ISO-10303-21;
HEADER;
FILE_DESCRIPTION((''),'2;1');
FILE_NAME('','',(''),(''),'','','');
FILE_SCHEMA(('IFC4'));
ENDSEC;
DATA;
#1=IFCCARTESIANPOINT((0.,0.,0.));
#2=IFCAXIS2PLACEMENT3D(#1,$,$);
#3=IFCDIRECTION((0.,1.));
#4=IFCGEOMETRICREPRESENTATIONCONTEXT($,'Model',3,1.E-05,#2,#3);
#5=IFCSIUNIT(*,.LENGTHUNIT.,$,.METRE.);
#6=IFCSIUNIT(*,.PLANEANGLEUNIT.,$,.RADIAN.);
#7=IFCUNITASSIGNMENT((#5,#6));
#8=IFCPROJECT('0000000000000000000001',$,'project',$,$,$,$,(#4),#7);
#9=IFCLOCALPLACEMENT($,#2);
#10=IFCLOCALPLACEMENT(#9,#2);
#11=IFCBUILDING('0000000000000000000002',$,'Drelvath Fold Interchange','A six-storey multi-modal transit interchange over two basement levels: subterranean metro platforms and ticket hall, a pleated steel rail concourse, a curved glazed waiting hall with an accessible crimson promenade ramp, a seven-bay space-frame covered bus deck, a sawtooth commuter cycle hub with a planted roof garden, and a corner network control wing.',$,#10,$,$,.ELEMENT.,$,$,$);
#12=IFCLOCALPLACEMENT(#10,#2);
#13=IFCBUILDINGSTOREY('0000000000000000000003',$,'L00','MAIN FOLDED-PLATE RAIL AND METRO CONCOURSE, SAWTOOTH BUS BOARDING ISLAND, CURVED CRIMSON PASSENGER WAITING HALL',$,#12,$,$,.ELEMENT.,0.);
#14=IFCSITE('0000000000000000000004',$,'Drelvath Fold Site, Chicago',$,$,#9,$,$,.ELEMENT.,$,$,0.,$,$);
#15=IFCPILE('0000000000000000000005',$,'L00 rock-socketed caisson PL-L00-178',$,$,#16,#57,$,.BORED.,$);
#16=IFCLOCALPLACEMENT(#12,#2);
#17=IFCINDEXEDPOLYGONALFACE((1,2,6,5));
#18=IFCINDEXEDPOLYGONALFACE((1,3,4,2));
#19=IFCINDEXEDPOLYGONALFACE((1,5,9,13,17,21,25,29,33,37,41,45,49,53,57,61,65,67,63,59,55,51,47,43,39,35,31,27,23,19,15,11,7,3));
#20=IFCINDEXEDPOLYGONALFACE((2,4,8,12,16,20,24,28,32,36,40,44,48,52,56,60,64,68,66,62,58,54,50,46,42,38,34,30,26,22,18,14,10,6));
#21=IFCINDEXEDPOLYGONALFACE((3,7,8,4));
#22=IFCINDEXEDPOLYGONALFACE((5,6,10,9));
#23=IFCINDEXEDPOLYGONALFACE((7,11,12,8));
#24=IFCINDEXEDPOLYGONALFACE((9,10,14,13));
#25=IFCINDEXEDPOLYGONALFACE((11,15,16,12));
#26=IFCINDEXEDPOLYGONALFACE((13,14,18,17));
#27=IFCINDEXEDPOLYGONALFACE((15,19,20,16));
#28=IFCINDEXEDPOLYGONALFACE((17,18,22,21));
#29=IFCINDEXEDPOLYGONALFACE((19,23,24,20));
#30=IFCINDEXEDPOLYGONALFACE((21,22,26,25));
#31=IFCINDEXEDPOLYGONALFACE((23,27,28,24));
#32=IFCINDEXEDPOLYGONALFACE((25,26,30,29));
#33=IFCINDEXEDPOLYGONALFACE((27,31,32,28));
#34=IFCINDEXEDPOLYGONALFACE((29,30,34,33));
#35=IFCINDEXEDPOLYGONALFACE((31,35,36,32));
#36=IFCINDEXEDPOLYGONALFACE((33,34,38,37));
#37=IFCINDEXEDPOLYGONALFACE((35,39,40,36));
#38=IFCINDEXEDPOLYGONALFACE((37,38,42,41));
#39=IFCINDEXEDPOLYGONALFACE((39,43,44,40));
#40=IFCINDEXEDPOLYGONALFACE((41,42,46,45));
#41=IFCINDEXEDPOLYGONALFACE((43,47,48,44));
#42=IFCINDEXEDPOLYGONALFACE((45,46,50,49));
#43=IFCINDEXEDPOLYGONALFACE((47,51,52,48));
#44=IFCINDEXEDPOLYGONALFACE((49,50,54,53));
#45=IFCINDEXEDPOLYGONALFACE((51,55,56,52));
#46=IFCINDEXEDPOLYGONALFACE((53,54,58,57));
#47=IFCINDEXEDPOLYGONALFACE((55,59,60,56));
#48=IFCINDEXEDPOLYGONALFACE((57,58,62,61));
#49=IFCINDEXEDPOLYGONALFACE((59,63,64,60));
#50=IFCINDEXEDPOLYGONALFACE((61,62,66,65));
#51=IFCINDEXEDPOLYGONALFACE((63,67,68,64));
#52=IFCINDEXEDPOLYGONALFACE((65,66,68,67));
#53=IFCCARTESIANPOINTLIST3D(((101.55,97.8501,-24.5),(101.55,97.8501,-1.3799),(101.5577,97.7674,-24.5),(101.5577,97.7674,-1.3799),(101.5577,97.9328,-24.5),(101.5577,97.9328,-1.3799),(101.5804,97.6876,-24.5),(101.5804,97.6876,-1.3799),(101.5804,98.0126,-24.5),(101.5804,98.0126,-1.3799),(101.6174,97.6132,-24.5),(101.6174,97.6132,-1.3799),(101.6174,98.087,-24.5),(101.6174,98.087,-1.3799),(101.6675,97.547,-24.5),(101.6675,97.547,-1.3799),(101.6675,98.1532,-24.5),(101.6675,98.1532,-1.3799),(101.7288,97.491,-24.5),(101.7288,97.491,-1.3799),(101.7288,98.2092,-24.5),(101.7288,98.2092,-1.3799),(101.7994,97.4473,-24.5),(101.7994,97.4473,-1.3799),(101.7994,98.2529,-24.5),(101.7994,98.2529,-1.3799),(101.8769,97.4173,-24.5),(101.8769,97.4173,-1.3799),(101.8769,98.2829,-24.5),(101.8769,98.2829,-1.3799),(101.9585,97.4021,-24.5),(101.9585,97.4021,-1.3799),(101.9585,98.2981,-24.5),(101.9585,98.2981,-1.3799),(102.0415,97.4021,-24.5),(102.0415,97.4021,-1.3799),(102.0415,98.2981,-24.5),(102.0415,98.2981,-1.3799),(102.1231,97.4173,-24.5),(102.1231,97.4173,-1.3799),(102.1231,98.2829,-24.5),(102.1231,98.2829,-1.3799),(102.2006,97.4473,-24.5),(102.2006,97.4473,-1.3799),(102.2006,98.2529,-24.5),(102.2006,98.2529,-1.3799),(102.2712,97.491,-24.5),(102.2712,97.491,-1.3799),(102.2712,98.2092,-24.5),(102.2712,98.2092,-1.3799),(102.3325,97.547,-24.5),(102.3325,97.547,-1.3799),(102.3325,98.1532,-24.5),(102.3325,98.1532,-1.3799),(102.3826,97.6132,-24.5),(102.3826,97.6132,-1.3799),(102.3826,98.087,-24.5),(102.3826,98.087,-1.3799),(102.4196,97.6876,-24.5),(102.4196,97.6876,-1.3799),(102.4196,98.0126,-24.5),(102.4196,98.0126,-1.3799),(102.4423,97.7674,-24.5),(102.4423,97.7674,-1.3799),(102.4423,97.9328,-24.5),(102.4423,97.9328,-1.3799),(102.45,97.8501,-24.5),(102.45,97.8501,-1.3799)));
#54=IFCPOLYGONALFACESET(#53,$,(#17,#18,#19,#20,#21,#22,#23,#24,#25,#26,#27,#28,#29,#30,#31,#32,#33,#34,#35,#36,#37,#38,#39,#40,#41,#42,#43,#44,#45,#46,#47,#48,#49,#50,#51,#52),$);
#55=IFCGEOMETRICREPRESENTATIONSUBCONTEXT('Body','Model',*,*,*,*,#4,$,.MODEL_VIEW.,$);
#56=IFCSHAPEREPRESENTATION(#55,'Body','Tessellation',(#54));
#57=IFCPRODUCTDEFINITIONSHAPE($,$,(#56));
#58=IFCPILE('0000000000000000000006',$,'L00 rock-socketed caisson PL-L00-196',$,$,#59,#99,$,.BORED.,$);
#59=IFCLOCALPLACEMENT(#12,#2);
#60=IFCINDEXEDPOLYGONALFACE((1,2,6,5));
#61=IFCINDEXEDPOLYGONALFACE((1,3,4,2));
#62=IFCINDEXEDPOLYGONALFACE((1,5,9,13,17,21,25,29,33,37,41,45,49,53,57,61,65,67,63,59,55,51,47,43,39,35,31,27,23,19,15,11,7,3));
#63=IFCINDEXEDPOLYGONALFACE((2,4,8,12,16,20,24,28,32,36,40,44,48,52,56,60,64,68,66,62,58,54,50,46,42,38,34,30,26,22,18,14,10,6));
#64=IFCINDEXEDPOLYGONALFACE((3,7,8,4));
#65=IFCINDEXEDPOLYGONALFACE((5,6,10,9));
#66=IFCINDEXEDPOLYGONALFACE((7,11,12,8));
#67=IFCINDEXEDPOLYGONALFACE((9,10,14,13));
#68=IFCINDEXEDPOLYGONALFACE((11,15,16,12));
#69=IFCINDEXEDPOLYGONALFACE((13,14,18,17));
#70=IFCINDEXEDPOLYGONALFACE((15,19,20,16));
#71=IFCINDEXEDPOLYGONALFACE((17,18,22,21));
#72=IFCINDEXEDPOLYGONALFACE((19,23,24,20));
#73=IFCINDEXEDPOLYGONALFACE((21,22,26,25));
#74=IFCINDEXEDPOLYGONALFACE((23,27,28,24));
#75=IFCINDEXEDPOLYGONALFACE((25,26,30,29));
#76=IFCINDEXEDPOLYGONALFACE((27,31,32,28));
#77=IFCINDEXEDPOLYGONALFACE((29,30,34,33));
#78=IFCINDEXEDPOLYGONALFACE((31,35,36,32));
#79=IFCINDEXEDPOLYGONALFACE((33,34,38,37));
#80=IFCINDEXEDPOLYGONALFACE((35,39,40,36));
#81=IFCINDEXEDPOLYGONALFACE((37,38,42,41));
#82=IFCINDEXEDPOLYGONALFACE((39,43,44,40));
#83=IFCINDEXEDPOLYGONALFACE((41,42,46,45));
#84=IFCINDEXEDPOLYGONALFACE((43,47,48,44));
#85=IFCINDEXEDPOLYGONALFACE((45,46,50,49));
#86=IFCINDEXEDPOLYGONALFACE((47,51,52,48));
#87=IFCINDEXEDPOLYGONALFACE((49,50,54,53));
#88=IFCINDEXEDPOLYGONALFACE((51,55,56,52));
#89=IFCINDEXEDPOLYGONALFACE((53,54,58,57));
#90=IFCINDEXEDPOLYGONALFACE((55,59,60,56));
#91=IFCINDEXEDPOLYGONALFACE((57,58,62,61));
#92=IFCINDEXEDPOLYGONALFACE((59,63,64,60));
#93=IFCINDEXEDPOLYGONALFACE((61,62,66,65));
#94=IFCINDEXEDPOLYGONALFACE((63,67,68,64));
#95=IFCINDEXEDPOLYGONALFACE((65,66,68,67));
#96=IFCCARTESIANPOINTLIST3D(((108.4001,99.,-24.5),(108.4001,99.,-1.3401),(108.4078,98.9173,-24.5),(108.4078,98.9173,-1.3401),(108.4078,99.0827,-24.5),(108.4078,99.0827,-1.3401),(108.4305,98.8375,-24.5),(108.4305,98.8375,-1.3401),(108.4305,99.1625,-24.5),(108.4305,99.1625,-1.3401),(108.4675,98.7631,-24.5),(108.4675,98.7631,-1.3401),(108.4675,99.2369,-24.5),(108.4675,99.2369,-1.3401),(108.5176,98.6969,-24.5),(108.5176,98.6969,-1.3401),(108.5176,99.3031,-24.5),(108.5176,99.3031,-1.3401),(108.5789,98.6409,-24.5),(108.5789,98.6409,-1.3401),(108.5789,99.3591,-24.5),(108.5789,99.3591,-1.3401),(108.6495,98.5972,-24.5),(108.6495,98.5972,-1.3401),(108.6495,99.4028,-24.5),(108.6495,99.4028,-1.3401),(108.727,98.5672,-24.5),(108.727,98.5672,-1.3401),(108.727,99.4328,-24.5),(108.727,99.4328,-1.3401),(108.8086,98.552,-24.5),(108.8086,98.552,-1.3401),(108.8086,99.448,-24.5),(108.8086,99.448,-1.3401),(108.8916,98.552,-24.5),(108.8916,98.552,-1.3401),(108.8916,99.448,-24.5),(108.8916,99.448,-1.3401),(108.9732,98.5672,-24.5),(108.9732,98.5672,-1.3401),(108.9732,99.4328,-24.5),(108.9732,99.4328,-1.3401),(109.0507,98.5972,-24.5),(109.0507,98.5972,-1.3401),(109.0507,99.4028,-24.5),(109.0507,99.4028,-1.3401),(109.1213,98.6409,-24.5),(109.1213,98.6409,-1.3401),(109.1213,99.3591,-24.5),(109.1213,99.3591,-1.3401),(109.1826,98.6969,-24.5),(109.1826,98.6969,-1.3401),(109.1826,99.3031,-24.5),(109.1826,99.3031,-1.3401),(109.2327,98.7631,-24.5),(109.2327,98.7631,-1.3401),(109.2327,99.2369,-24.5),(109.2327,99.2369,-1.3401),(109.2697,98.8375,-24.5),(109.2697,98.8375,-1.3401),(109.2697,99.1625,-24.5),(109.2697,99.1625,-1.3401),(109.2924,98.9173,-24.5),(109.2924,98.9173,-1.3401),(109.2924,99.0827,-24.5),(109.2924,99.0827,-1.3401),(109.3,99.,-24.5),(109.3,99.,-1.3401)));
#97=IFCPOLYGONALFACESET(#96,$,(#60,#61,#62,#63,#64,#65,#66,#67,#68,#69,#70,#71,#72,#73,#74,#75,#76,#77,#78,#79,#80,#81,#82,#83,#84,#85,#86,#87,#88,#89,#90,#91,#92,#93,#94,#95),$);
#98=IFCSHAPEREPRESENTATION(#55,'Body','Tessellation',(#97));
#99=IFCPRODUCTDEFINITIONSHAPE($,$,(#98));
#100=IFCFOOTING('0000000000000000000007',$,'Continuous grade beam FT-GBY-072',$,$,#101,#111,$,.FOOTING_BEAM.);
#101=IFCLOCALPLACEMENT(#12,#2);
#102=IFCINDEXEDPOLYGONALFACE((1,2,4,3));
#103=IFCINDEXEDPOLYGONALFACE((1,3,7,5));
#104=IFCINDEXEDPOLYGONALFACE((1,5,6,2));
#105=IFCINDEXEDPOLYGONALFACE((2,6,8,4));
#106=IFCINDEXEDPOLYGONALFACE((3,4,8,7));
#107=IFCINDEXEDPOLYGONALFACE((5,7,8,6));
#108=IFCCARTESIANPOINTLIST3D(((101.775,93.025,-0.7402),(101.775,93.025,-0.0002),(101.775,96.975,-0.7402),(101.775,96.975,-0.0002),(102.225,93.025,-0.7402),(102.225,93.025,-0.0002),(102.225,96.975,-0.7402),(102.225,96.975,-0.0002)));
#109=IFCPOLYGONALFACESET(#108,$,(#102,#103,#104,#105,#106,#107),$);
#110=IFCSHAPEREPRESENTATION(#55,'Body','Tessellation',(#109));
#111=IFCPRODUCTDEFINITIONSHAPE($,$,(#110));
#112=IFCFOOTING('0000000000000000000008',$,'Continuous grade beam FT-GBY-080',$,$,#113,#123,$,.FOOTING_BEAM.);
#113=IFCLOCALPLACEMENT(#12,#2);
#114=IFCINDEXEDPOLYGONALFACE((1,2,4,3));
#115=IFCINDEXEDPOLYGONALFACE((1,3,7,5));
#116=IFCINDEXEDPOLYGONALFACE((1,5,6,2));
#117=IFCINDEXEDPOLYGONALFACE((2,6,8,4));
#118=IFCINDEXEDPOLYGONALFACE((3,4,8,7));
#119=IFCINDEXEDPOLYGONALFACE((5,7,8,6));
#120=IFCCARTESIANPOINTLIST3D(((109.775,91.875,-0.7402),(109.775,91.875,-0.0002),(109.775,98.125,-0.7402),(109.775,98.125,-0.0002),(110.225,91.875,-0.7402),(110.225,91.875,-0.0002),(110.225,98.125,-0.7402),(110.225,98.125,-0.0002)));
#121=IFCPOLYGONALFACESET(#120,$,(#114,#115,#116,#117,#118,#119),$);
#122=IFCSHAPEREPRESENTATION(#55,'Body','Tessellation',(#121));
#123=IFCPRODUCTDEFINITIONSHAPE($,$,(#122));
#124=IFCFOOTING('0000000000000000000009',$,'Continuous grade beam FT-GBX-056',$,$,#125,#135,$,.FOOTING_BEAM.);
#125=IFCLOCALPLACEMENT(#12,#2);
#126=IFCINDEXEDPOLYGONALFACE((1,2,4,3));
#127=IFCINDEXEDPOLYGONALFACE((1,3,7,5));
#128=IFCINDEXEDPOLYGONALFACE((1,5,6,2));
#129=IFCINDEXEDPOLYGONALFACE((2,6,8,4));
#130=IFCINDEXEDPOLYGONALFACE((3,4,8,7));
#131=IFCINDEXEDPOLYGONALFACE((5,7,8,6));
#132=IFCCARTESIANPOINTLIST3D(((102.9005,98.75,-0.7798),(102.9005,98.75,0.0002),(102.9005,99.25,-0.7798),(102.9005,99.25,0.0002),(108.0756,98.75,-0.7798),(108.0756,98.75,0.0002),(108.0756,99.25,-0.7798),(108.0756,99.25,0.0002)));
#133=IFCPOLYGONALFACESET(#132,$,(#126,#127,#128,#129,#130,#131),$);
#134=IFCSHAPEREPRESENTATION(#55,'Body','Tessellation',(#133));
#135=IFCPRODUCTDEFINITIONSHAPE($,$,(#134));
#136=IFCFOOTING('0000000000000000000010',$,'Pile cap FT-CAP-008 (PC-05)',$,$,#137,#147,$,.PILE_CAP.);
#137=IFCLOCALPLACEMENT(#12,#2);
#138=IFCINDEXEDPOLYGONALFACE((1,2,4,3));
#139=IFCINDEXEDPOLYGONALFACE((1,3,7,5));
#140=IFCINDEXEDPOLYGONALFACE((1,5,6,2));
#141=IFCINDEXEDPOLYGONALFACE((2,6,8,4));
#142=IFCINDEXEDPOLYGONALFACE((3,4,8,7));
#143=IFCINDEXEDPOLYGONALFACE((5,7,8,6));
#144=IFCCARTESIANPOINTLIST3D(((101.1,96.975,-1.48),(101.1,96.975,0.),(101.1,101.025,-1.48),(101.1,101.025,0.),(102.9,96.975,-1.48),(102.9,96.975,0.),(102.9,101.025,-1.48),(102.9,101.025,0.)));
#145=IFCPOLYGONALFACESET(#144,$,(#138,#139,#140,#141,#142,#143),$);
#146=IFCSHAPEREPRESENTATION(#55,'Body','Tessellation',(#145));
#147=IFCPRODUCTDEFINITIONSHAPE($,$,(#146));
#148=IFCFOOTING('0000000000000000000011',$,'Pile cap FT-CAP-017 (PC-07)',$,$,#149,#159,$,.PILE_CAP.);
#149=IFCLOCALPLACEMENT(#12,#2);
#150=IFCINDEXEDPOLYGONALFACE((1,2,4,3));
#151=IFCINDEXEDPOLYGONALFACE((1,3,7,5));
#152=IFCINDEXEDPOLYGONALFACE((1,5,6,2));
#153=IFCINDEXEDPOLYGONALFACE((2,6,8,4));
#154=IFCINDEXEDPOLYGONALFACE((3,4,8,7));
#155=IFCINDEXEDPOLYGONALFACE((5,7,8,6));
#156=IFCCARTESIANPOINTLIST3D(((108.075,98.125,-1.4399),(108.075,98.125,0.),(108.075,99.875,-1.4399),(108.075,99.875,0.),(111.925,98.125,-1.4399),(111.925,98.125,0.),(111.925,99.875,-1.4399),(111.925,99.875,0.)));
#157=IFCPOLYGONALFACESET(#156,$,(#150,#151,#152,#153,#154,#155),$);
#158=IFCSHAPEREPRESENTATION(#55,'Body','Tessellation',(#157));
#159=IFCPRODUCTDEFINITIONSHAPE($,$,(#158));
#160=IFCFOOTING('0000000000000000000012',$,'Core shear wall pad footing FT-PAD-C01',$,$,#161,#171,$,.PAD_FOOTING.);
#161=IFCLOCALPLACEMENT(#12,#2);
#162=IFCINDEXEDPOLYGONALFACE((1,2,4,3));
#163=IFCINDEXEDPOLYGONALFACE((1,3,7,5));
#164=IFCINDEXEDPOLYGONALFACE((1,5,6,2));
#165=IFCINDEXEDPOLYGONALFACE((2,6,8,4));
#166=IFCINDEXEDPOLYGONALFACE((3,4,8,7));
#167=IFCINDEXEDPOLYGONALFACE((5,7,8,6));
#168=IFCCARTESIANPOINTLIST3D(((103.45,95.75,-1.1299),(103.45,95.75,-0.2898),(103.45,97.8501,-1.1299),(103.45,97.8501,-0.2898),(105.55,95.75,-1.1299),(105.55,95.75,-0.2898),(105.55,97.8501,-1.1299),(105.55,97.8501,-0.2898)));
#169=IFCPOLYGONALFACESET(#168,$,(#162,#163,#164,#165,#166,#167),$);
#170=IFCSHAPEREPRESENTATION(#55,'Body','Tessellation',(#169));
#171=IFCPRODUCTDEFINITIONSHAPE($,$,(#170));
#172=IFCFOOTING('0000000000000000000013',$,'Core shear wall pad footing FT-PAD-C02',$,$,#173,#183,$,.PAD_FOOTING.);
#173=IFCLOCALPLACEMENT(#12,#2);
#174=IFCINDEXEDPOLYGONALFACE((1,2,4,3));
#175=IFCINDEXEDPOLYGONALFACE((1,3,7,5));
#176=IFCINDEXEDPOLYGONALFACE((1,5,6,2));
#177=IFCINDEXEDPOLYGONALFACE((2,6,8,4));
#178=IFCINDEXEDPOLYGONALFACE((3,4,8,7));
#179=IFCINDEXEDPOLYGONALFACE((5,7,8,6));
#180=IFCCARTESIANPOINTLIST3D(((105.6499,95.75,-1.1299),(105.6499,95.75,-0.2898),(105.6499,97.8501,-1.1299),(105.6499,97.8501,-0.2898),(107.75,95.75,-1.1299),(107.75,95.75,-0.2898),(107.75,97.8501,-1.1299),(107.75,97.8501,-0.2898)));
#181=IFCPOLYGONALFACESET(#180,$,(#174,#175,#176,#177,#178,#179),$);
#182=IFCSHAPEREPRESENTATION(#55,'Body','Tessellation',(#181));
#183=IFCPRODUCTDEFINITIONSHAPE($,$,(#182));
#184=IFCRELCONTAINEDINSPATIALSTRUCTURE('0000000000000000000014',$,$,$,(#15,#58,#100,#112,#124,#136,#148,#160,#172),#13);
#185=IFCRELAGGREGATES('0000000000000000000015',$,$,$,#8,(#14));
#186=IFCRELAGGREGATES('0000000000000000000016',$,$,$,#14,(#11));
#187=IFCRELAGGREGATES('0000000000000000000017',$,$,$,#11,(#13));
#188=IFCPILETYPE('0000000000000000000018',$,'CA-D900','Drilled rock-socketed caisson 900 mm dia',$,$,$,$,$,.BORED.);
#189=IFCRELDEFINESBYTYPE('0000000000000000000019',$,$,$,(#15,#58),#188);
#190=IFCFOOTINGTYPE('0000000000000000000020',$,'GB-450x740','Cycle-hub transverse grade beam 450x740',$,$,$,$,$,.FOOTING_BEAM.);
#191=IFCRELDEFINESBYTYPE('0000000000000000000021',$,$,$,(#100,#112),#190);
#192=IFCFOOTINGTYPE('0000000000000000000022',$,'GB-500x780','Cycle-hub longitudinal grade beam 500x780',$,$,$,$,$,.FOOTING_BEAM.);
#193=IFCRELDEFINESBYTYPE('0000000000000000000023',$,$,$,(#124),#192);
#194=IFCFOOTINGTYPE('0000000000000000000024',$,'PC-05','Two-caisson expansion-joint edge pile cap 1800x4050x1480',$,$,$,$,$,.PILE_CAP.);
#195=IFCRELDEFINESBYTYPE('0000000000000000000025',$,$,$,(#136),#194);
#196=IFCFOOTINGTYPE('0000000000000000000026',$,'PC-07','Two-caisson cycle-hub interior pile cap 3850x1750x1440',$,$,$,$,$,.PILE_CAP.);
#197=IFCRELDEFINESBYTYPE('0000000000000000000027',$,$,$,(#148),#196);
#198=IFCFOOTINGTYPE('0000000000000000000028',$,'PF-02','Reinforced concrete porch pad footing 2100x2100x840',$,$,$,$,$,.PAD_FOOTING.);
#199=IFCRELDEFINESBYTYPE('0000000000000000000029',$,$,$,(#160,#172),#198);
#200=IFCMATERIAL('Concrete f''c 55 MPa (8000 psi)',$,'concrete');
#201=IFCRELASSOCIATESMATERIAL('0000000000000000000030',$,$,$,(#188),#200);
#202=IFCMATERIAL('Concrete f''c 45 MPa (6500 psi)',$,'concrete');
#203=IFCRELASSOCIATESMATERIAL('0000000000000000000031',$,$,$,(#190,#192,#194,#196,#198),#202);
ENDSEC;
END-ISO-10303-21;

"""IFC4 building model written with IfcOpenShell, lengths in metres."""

from ifc_helpers import new_model, si_unit, direction, frame, origin, origin_2d, place, context, subcontext, project, spatial, rectangle, circle, extrude, material, material_profile, profile_set, type_object, element, save


model = new_model("IFC4")

# Units and contexts
model_context = context("Model", 3, precision=1e-05, world=origin(), true_north=direction((0.0, 1.0)))
body_context = subcontext(model_context, "Body", "Model", "MODEL_VIEW")
ifc_project = project(units=[si_unit("LENGTHUNIT", "METRE"), si_unit("PLANEANGLEUNIT", "RADIAN")], contexts=[model_context])

# Site, building, storey
site_placement = place(None, origin())
site = spatial("IfcSite", under=ifc_project, at=site_placement, Name="Drelvath Fold Site, Chicago", CompositionType="ELEMENT", RefElevation=0.0)
building_placement = place(site_placement, origin())
building = spatial("IfcBuilding", under=site, at=building_placement, Name="Drelvath Fold Interchange", Description="A six-storey multi-modal transit interchange over two basement levels: subterranean metro platforms and ticket hall, a pleated steel rail concourse, a curved glazed waiting hall with an accessible crimson promenade ramp, a seven-bay space-frame covered bus deck, a sawtooth commuter cycle hub with a planted roof garden, and a corner network control wing.", CompositionType="ELEMENT")
storey_placement = place(building_placement, origin())
storey = spatial("IfcBuildingStorey", under=building, at=storey_placement, Name="L00", Description="MAIN FOLDED-PLATE RAIL AND METRO CONCOURSE, SAWTOOTH BUS BOARDING ISLAND, CURVED CRIMSON PASSENGER WAITING HALL", CompositionType="ELEMENT", Elevation=0.0)

# Piles
ifc_material_1 = material(Name="Concrete f'c 55 MPa (8000 psi)", Category="concrete")
ifc_material_profile_1 = material_profile(ifc_material_1, circle(Radius=0.45, at=origin_2d()), Name="CAISSON D900")
ifc_profile_set_1 = profile_set([ifc_material_profile_1], Name="Concrete f'c 55 MPa (8000 psi)")
pile_type = type_object("IfcPileType", Name="CA-D900", Description="Drilled rock-socketed caisson 900 mm dia", PredefinedType="BORED", material=ifc_profile_set_1)
pile_1_placement = place(storey_placement, frame((102.0, 97.8501, -1.3799), z_axis=(0.0, 0.0, -1.0), x_axis=(1.0, 0.0, 0.0)))
element("IfcPile", 1, at=pile_1_placement, inside=storey, type_object=pile_type, Name="L00 rock-socketed caisson PL-L00-178", PredefinedType="BORED", context=body_context, shape_type="SweptSolid", body=[
    extrude(circle(Radius=0.45, at=origin_2d()), origin(), (0.0, 0.0, 1.0), 23.1201),
])
pile_2_placement = place(storey_placement, frame((108.8501, 99.0, -1.3401), z_axis=(0.0, 0.0, -1.0), x_axis=(1.0, 0.0, 0.0)))
element("IfcPile", 2, at=pile_2_placement, inside=storey, type_object=pile_type, Name="L00 rock-socketed caisson PL-L00-196", PredefinedType="BORED", context=body_context, shape_type="SweptSolid", body=[
    extrude(circle(Radius=0.45, at=origin_2d()), origin(), (0.0, 0.0, 1.0), 23.1599),
])

# Footings
ifc_material_2 = material(Name="Concrete f'c 45 MPa (6500 psi)", Category="concrete")
footing_type_1 = type_object("IfcFootingType", Name="GB-450x740", Description="Cycle-hub transverse grade beam 450x740", PredefinedType="FOOTING_BEAM", material=ifc_material_2)
footing_1_placement = place(storey_placement, frame((102.0, 95.0, -0.7402), z_axis=(0.0, 0.0, 1.0), x_axis=(1.0, 0.0, 0.0)))
element("IfcFooting", 3, at=footing_1_placement, inside=storey, type_object=footing_type_1, Name="Continuous grade beam FT-GBY-072", PredefinedType="FOOTING_BEAM", context=body_context, shape_type="SweptSolid", body=[
    extrude(rectangle(XDim=0.45, YDim=3.95, at=origin_2d()), origin(), (0.0, 0.0, 1.0), 0.74),
])
footing_2_placement = place(storey_placement, frame((110.0, 95.0, -0.7402), z_axis=(0.0, 0.0, 1.0), x_axis=(1.0, 0.0, 0.0)))
element("IfcFooting", 4, at=footing_2_placement, inside=storey, type_object=footing_type_1, Name="Continuous grade beam FT-GBY-080", PredefinedType="FOOTING_BEAM", context=body_context, shape_type="SweptSolid", body=[
    extrude(rectangle(XDim=0.45, YDim=6.25, at=origin_2d()), origin(), (0.0, 0.0, 1.0), 0.74),
])
footing_type_2 = type_object("IfcFootingType", Name="GB-500x780", Description="Cycle-hub longitudinal grade beam 500x780", PredefinedType="FOOTING_BEAM", material=ifc_material_2)
footing_3_placement = place(storey_placement, frame((105.488, 99.0, -0.7798), z_axis=(0.0, 0.0, 1.0), x_axis=(1.0, 0.0, 0.0)))
element("IfcFooting", 5, at=footing_3_placement, inside=storey, type_object=footing_type_2, Name="Continuous grade beam FT-GBX-056", PredefinedType="FOOTING_BEAM", context=body_context, shape_type="SweptSolid", body=[
    extrude(rectangle(XDim=5.175, YDim=0.5, at=origin_2d()), origin(), (0.0, 0.0, 1.0), 0.78),
])
footing_type_3 = type_object("IfcFootingType", Name="PC-05", Description="Two-caisson expansion-joint edge pile cap 1800x4050x1480", PredefinedType="PILE_CAP", material=ifc_material_2)
footing_4_placement = place(storey_placement, frame((102.0, 99.0, -1.48), z_axis=(0.0, 0.0, 1.0), x_axis=(1.0, 0.0, 0.0)))
element("IfcFooting", 6, at=footing_4_placement, inside=storey, type_object=footing_type_3, Name="Pile cap FT-CAP-008 (PC-05)", PredefinedType="PILE_CAP", context=body_context, shape_type="SweptSolid", body=[
    extrude(rectangle(XDim=1.8, YDim=4.05, at=origin_2d()), origin(), (0.0, 0.0, 1.0), 1.48),
])
footing_type_4 = type_object("IfcFootingType", Name="PC-07", Description="Two-caisson cycle-hub interior pile cap 3850x1750x1440", PredefinedType="PILE_CAP", material=ifc_material_2)
footing_5_placement = place(storey_placement, frame((110.0, 99.0, -1.4399), z_axis=(0.0, 0.0, 1.0), x_axis=(1.0, 0.0, 0.0)))
element("IfcFooting", 7, at=footing_5_placement, inside=storey, type_object=footing_type_4, Name="Pile cap FT-CAP-017 (PC-07)", PredefinedType="PILE_CAP", context=body_context, shape_type="SweptSolid", body=[
    extrude(rectangle(XDim=3.8501, YDim=1.75, at=origin_2d()), origin(), (0.0, 0.0, 1.0), 1.4399),
])
footing_type_5 = type_object("IfcFootingType", Name="PF-02", Description="Reinforced concrete porch pad footing 2100x2100x840", PredefinedType="PAD_FOOTING", material=ifc_material_2)
for number, where, z_axis, x_axis, name in (
    (8, (104.5, 96.8, -1.1299), (0.0, 0.0, 1.0), (1.0, 0.0, 0.0), "Core shear wall pad footing FT-PAD-C01"),
    (9, (106.7, 96.8, -1.1299), (0.0, 0.0, 1.0), (1.0, 0.0, 0.0), "Core shear wall pad footing FT-PAD-C02"),
):
    element("IfcFooting", number, at=place(storey_placement, frame(where, z_axis=z_axis, x_axis=x_axis)), inside=storey, type_object=footing_type_5, Name=name, PredefinedType="PAD_FOOTING", context=body_context, shape_type="SweptSolid", body=[
        extrude(rectangle(XDim=2.1001, YDim=2.1001, at=origin_2d()), origin(), (0.0, 0.0, 1.0), 0.8401),
    ])

save(model, "model.ifc")
